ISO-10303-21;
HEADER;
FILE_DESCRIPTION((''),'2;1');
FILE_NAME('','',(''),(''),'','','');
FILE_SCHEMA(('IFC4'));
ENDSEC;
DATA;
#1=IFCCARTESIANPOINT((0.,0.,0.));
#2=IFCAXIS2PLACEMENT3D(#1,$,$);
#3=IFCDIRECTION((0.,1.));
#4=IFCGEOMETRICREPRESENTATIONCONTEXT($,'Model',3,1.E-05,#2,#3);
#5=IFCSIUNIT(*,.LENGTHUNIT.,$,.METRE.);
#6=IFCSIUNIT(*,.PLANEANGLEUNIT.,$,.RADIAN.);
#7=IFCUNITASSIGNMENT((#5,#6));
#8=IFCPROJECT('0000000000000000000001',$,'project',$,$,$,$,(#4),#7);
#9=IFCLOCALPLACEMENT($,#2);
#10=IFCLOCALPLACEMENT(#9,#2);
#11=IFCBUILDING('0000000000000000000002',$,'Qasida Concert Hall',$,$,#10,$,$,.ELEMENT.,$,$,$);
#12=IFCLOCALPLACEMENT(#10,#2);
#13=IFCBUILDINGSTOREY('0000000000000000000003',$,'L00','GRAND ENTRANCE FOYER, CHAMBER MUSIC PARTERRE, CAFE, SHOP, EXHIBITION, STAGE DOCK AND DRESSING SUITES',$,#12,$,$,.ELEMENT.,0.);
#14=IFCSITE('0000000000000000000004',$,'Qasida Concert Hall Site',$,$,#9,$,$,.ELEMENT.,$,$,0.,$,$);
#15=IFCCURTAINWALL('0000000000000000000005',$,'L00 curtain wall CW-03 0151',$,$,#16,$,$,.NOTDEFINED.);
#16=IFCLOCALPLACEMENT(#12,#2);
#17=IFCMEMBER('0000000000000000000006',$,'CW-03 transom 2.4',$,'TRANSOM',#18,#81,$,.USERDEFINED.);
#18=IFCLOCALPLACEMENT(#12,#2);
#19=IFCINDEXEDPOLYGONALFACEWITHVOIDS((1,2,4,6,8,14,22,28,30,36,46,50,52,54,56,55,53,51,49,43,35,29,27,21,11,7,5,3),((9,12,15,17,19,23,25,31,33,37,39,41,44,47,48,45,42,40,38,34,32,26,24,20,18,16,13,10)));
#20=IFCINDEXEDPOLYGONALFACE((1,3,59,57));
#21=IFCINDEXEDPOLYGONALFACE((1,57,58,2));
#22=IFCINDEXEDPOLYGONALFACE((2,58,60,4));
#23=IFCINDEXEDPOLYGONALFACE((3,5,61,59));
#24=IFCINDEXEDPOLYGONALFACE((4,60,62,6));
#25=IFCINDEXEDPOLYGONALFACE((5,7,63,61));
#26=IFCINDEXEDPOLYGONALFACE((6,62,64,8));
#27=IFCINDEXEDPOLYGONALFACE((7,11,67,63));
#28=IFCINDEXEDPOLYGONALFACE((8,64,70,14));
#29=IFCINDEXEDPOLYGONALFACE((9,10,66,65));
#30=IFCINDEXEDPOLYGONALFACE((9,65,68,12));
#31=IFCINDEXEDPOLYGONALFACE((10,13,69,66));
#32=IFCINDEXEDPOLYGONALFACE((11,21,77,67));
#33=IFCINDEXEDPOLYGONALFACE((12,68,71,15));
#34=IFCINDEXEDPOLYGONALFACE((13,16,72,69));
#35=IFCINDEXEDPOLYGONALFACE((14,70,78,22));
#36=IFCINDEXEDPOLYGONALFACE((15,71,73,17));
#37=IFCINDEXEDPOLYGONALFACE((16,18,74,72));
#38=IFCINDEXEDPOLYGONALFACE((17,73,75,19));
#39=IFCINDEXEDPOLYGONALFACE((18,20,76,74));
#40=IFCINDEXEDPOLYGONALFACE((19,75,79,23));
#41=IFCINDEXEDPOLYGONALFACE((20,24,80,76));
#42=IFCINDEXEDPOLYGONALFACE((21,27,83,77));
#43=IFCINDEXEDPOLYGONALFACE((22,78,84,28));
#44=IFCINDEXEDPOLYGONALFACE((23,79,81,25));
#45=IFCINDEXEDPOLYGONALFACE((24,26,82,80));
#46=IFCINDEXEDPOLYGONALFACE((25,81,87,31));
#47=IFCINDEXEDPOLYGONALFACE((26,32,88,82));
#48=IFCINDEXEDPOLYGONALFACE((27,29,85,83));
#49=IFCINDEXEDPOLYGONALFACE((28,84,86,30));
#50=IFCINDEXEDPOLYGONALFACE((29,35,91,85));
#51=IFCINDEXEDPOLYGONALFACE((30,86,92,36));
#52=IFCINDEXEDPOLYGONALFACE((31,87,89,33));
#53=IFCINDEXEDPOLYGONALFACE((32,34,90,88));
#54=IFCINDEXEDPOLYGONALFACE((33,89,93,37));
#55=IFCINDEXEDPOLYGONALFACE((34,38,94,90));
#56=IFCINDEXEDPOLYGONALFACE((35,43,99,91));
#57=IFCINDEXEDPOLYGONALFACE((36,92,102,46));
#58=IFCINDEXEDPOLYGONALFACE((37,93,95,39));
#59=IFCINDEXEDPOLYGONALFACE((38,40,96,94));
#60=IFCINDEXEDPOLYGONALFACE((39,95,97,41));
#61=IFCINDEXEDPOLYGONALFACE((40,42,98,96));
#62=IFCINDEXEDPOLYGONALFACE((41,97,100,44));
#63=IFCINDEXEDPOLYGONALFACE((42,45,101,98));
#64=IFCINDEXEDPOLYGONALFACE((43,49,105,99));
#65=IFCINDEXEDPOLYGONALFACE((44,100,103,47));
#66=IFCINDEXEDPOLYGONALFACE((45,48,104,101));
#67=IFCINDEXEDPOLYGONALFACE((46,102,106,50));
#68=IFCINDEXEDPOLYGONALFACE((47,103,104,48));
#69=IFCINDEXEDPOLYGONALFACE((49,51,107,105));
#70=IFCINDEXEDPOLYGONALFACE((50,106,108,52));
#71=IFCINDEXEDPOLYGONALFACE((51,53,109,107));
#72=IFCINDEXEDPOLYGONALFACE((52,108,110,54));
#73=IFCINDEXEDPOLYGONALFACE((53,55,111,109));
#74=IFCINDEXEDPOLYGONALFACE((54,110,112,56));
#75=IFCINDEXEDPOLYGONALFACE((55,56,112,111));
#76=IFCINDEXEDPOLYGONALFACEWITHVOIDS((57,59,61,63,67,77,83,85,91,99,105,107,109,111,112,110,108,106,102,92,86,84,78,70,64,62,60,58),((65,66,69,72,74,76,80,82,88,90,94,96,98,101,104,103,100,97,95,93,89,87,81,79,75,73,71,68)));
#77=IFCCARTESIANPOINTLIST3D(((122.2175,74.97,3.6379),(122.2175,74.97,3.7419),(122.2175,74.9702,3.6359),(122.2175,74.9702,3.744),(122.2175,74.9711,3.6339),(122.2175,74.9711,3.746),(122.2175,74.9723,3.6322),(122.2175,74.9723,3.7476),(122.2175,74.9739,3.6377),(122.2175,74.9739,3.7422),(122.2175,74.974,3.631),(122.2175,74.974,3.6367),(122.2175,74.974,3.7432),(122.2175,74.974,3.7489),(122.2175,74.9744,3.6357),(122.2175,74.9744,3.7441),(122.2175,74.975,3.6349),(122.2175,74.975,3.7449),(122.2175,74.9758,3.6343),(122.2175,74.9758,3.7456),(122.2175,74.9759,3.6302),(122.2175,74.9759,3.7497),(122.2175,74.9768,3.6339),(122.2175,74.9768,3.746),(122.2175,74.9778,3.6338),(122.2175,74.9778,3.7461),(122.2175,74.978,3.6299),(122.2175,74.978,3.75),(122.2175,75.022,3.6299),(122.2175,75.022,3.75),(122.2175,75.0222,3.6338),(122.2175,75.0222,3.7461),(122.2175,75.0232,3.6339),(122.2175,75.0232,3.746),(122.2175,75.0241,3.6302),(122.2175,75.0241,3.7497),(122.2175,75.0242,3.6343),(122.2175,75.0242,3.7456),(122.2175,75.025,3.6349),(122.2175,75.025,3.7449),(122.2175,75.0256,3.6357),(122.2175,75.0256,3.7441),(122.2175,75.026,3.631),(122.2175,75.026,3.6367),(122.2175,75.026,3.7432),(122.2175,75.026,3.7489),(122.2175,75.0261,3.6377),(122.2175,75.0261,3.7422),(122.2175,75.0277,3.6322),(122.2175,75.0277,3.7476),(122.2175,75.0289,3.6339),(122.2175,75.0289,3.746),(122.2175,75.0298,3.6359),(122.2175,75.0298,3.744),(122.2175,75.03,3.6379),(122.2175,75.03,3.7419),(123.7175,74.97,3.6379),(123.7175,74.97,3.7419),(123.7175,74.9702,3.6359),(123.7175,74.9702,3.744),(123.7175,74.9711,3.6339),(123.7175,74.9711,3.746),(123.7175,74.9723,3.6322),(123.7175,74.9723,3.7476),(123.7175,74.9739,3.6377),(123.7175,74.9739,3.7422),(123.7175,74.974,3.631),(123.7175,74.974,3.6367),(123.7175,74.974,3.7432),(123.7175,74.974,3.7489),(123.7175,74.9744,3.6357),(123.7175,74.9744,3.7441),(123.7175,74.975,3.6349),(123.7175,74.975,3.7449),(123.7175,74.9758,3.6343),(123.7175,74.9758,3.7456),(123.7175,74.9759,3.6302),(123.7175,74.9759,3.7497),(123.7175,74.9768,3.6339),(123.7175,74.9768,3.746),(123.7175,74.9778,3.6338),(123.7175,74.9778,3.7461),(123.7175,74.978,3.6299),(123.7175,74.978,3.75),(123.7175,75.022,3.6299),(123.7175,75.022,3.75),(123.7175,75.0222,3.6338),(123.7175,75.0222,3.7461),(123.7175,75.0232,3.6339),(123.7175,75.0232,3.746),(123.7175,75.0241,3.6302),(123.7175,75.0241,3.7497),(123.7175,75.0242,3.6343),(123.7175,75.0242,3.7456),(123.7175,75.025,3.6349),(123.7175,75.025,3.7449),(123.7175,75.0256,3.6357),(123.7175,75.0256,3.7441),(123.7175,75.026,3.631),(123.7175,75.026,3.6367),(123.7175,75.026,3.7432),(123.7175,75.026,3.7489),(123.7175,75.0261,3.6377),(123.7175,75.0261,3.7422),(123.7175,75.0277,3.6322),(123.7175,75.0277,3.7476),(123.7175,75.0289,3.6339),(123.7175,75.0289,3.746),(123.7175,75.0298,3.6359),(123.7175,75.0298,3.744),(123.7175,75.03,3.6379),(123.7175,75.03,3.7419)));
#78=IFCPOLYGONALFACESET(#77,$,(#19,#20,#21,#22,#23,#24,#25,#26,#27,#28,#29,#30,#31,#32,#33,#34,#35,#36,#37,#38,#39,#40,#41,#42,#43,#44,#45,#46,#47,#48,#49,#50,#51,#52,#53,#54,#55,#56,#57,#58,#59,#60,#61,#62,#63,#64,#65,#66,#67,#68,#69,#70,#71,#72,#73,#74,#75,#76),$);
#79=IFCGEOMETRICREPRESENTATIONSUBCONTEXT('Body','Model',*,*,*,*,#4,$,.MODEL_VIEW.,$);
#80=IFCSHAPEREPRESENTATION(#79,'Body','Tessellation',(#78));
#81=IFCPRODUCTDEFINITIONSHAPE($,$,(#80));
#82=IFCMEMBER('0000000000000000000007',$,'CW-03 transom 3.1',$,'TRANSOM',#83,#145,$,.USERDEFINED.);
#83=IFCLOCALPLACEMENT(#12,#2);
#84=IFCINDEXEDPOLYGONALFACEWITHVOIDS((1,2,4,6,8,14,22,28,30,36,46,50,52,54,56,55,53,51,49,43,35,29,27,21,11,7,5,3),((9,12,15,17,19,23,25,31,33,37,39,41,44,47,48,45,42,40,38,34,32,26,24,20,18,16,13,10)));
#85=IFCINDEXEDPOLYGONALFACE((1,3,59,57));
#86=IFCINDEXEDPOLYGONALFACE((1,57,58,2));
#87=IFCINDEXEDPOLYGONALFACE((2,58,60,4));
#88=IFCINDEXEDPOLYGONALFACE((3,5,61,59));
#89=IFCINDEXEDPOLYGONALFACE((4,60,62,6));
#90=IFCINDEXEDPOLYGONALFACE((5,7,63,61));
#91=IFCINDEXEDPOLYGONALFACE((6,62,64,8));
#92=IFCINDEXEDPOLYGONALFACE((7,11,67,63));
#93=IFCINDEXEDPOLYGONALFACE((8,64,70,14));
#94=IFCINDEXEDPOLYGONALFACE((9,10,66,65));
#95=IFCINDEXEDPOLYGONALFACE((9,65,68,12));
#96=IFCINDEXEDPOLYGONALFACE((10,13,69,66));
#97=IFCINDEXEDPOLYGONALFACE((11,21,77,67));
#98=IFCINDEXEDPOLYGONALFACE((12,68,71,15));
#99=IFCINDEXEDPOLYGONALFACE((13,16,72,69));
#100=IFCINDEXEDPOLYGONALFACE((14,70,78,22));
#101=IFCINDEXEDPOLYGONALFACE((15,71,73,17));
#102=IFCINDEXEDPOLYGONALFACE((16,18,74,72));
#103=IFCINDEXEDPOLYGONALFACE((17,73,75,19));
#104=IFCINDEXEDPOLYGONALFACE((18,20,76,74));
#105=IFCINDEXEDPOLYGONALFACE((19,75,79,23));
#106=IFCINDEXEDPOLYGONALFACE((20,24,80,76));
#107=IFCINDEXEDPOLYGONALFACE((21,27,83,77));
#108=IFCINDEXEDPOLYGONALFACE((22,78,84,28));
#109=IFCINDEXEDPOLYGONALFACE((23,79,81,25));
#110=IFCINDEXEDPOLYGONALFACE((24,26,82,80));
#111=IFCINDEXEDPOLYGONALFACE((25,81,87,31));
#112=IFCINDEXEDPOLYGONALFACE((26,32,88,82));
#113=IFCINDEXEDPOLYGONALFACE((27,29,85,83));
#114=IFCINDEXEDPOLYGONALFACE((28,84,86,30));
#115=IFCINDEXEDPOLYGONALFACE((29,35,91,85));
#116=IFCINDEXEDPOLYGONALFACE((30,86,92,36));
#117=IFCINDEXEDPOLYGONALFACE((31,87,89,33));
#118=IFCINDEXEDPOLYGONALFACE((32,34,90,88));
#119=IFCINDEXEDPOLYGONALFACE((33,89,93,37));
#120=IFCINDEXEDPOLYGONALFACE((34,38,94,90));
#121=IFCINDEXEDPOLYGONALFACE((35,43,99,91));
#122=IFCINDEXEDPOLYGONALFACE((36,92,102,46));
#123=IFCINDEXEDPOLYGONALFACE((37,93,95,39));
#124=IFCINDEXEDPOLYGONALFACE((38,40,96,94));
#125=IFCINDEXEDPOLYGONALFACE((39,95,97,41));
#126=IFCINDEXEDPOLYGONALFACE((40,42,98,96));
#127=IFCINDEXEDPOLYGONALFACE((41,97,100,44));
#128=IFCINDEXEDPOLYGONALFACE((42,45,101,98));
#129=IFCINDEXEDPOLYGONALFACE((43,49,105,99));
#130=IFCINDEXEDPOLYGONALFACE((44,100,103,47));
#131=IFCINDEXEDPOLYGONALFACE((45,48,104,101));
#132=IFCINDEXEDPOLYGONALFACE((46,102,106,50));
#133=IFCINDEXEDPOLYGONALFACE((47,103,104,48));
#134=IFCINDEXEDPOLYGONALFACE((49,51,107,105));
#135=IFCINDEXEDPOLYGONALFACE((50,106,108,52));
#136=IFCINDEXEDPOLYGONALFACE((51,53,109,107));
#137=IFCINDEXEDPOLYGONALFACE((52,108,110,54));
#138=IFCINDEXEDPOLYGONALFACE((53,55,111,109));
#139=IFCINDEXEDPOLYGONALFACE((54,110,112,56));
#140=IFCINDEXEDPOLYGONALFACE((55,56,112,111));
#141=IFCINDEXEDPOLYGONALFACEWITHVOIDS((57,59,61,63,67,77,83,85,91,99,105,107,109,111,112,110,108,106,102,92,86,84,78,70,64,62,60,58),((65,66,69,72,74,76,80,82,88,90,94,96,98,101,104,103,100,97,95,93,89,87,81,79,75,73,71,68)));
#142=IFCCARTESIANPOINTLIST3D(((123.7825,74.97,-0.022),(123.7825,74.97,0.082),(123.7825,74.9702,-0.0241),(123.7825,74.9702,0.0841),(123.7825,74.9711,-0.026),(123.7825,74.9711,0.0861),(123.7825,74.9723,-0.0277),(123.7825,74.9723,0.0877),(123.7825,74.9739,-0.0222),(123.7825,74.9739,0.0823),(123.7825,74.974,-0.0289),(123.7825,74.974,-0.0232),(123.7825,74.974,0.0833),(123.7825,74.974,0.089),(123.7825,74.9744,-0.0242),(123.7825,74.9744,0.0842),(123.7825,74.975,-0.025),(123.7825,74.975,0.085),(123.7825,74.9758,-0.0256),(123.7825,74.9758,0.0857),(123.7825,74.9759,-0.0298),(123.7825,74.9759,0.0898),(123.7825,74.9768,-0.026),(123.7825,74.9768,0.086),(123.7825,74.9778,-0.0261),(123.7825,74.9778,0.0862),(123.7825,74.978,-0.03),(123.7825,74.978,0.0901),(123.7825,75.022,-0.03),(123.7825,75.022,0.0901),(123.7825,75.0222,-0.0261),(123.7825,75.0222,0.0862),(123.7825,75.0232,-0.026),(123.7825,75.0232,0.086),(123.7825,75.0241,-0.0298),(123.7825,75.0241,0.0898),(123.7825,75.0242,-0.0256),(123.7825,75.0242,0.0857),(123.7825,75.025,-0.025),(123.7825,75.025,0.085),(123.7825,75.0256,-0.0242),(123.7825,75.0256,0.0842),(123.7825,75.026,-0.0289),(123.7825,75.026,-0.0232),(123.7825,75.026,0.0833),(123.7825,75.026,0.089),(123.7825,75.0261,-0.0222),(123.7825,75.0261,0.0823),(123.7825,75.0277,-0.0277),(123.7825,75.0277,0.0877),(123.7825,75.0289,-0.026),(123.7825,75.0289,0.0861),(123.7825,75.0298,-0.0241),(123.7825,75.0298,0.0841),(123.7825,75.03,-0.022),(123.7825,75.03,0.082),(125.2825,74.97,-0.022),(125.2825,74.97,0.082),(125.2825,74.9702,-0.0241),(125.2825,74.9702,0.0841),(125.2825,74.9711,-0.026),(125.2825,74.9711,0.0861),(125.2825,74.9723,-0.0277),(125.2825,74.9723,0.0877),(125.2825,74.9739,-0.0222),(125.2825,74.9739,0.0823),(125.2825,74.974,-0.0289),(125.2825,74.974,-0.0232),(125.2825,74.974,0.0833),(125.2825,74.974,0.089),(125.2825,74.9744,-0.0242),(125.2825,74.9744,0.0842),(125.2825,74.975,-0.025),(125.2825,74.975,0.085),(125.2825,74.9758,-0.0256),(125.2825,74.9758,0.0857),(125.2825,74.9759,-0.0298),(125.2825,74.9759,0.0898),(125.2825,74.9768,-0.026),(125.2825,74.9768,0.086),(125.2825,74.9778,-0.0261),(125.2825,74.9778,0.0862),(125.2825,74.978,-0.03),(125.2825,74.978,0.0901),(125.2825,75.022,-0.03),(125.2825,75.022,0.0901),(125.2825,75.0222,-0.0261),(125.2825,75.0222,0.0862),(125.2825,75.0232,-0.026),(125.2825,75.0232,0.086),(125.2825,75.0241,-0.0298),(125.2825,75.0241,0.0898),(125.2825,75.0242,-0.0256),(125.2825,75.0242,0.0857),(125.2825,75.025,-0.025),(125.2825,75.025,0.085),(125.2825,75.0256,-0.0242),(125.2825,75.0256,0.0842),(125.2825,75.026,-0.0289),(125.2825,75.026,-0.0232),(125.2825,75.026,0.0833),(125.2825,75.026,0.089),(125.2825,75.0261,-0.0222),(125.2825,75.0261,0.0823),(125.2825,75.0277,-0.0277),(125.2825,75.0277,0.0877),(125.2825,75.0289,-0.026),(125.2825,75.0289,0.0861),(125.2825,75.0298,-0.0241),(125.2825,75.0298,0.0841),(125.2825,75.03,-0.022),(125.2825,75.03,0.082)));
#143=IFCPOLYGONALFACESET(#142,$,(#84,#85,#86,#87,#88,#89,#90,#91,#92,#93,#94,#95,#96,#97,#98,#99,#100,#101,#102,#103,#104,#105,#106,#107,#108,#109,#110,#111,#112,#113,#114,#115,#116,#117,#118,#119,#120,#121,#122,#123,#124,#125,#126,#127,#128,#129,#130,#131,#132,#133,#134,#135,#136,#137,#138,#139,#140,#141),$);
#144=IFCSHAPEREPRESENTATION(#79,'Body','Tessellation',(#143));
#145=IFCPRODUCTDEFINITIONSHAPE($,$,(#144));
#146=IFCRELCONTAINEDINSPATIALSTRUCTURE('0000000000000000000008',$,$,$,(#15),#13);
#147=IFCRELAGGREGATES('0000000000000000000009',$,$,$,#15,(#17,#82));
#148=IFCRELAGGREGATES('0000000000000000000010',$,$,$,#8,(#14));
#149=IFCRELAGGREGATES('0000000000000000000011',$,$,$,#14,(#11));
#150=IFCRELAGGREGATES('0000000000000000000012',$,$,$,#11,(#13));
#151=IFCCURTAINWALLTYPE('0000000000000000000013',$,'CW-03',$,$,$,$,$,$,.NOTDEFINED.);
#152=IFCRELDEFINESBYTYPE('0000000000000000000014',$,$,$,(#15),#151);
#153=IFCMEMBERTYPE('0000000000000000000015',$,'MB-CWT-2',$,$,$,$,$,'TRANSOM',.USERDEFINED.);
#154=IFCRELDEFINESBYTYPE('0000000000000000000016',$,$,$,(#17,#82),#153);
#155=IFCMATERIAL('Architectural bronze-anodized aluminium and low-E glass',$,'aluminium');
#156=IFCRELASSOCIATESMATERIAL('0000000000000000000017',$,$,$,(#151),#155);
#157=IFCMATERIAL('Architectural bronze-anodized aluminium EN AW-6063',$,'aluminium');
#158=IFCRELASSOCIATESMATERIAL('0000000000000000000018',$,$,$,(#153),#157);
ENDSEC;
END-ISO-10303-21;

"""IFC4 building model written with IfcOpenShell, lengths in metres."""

from ifc_helpers import new_model, si_unit, direction, frame, origin, origin_2d, place, context, subcontext, project, spatial, hollow_rectangle, extrude, material, material_profile, profile_set, type_object, element, aggregate, save


model = new_model("IFC4")

# Units and contexts
model_context = context("Model", 3, precision=1e-05, world=origin(), true_north=direction((0.0, 1.0)))
body_context = subcontext(model_context, "Body", "Model", "MODEL_VIEW")
ifc_project = project(units=[si_unit("LENGTHUNIT", "METRE"), si_unit("PLANEANGLEUNIT", "RADIAN")], contexts=[model_context])

# Site, building, storey
site_placement = place(None, origin())
site = spatial("IfcSite", under=ifc_project, at=site_placement, Name="Qasida Concert Hall Site", CompositionType="ELEMENT", RefElevation=0.0)
building_placement = place(site_placement, origin())
building = spatial("IfcBuilding", under=site, at=building_placement, Name="Qasida Concert Hall", CompositionType="ELEMENT")
storey_placement = place(building_placement, origin())
storey = spatial("IfcBuildingStorey", under=building, at=storey_placement, Name="L00", Description="GRAND ENTRANCE FOYER, CHAMBER MUSIC PARTERRE, CAFE, SHOP, EXHIBITION, STAGE DOCK AND DRESSING SUITES", CompositionType="ELEMENT", Elevation=0.0)

# Curtain wall, members
ifc_material_1 = material(Name="Architectural bronze-anodized aluminium and low-E glass", Category="aluminium")
curtain_wall_type = type_object("IfcCurtainWallType", Name="CW-03", PredefinedType="NOTDEFINED", material=ifc_material_1)
curtain_wall_placement = place(storey_placement, origin())
curtain_wall = element("IfcCurtainWall", 1, at=curtain_wall_placement, inside=storey, type_object=curtain_wall_type, Name="L00 curtain wall CW-03 0151", PredefinedType="NOTDEFINED")
ifc_material_2 = material(Name="Architectural bronze-anodized aluminium EN AW-6063", Category="aluminium")
ifc_material_profile_1 = material_profile(ifc_material_2, hollow_rectangle(XDim=0.0601, YDim=0.1201, WallThickness=0.0039, InnerFilletRadius=0.0039, OuterFilletRadius=0.0081, at=origin_2d()), Name="CWT 120x60x4")
ifc_profile_set_1 = profile_set([ifc_material_profile_1], Name="Architectural bronze-anodized aluminium EN AW-6063")
member_type_1 = type_object("IfcMemberType", Name="MB-CWT-2", ElementType="TRANSOM", PredefinedType="USERDEFINED", material=ifc_profile_set_1)
member_1_placement = place(storey_placement, frame((122.2175, 75.0, 3.6899), z_axis=(1.0, 0.0, 0.0), x_axis=(0.0, 1.0, 0.0)))
member_1 = element("IfcMember", 2, at=member_1_placement, type_object=member_type_1, Name="CW-03 transom 2.4", ObjectType="TRANSOM", PredefinedType="USERDEFINED", context=body_context, shape_type="SweptSolid", body=[
    extrude(hollow_rectangle(XDim=0.0601, YDim=0.1201, WallThickness=0.0039, InnerFilletRadius=0.0039, OuterFilletRadius=0.0081, at=origin_2d()), origin(), (0.0, 0.0, 1.0), 1.5),
])
member_2_placement = place(storey_placement, frame((123.7825, 75.0, 0.03), z_axis=(1.0, 0.0, 0.0), x_axis=(0.0, 1.0, 0.0)))
member_2 = element("IfcMember", 3, at=member_2_placement, type_object=member_type_1, Name="CW-03 transom 3.1", ObjectType="TRANSOM", PredefinedType="USERDEFINED", context=body_context, shape_type="SweptSolid", body=[
    extrude(hollow_rectangle(XDim=0.0601, YDim=0.1201, WallThickness=0.0039, InnerFilletRadius=0.0039, OuterFilletRadius=0.0081, at=origin_2d()), origin(), (0.0, 0.0, 1.0), 1.5),
])
aggregate(curtain_wall, [member_1, member_2])

save(model, "model.ifc")
